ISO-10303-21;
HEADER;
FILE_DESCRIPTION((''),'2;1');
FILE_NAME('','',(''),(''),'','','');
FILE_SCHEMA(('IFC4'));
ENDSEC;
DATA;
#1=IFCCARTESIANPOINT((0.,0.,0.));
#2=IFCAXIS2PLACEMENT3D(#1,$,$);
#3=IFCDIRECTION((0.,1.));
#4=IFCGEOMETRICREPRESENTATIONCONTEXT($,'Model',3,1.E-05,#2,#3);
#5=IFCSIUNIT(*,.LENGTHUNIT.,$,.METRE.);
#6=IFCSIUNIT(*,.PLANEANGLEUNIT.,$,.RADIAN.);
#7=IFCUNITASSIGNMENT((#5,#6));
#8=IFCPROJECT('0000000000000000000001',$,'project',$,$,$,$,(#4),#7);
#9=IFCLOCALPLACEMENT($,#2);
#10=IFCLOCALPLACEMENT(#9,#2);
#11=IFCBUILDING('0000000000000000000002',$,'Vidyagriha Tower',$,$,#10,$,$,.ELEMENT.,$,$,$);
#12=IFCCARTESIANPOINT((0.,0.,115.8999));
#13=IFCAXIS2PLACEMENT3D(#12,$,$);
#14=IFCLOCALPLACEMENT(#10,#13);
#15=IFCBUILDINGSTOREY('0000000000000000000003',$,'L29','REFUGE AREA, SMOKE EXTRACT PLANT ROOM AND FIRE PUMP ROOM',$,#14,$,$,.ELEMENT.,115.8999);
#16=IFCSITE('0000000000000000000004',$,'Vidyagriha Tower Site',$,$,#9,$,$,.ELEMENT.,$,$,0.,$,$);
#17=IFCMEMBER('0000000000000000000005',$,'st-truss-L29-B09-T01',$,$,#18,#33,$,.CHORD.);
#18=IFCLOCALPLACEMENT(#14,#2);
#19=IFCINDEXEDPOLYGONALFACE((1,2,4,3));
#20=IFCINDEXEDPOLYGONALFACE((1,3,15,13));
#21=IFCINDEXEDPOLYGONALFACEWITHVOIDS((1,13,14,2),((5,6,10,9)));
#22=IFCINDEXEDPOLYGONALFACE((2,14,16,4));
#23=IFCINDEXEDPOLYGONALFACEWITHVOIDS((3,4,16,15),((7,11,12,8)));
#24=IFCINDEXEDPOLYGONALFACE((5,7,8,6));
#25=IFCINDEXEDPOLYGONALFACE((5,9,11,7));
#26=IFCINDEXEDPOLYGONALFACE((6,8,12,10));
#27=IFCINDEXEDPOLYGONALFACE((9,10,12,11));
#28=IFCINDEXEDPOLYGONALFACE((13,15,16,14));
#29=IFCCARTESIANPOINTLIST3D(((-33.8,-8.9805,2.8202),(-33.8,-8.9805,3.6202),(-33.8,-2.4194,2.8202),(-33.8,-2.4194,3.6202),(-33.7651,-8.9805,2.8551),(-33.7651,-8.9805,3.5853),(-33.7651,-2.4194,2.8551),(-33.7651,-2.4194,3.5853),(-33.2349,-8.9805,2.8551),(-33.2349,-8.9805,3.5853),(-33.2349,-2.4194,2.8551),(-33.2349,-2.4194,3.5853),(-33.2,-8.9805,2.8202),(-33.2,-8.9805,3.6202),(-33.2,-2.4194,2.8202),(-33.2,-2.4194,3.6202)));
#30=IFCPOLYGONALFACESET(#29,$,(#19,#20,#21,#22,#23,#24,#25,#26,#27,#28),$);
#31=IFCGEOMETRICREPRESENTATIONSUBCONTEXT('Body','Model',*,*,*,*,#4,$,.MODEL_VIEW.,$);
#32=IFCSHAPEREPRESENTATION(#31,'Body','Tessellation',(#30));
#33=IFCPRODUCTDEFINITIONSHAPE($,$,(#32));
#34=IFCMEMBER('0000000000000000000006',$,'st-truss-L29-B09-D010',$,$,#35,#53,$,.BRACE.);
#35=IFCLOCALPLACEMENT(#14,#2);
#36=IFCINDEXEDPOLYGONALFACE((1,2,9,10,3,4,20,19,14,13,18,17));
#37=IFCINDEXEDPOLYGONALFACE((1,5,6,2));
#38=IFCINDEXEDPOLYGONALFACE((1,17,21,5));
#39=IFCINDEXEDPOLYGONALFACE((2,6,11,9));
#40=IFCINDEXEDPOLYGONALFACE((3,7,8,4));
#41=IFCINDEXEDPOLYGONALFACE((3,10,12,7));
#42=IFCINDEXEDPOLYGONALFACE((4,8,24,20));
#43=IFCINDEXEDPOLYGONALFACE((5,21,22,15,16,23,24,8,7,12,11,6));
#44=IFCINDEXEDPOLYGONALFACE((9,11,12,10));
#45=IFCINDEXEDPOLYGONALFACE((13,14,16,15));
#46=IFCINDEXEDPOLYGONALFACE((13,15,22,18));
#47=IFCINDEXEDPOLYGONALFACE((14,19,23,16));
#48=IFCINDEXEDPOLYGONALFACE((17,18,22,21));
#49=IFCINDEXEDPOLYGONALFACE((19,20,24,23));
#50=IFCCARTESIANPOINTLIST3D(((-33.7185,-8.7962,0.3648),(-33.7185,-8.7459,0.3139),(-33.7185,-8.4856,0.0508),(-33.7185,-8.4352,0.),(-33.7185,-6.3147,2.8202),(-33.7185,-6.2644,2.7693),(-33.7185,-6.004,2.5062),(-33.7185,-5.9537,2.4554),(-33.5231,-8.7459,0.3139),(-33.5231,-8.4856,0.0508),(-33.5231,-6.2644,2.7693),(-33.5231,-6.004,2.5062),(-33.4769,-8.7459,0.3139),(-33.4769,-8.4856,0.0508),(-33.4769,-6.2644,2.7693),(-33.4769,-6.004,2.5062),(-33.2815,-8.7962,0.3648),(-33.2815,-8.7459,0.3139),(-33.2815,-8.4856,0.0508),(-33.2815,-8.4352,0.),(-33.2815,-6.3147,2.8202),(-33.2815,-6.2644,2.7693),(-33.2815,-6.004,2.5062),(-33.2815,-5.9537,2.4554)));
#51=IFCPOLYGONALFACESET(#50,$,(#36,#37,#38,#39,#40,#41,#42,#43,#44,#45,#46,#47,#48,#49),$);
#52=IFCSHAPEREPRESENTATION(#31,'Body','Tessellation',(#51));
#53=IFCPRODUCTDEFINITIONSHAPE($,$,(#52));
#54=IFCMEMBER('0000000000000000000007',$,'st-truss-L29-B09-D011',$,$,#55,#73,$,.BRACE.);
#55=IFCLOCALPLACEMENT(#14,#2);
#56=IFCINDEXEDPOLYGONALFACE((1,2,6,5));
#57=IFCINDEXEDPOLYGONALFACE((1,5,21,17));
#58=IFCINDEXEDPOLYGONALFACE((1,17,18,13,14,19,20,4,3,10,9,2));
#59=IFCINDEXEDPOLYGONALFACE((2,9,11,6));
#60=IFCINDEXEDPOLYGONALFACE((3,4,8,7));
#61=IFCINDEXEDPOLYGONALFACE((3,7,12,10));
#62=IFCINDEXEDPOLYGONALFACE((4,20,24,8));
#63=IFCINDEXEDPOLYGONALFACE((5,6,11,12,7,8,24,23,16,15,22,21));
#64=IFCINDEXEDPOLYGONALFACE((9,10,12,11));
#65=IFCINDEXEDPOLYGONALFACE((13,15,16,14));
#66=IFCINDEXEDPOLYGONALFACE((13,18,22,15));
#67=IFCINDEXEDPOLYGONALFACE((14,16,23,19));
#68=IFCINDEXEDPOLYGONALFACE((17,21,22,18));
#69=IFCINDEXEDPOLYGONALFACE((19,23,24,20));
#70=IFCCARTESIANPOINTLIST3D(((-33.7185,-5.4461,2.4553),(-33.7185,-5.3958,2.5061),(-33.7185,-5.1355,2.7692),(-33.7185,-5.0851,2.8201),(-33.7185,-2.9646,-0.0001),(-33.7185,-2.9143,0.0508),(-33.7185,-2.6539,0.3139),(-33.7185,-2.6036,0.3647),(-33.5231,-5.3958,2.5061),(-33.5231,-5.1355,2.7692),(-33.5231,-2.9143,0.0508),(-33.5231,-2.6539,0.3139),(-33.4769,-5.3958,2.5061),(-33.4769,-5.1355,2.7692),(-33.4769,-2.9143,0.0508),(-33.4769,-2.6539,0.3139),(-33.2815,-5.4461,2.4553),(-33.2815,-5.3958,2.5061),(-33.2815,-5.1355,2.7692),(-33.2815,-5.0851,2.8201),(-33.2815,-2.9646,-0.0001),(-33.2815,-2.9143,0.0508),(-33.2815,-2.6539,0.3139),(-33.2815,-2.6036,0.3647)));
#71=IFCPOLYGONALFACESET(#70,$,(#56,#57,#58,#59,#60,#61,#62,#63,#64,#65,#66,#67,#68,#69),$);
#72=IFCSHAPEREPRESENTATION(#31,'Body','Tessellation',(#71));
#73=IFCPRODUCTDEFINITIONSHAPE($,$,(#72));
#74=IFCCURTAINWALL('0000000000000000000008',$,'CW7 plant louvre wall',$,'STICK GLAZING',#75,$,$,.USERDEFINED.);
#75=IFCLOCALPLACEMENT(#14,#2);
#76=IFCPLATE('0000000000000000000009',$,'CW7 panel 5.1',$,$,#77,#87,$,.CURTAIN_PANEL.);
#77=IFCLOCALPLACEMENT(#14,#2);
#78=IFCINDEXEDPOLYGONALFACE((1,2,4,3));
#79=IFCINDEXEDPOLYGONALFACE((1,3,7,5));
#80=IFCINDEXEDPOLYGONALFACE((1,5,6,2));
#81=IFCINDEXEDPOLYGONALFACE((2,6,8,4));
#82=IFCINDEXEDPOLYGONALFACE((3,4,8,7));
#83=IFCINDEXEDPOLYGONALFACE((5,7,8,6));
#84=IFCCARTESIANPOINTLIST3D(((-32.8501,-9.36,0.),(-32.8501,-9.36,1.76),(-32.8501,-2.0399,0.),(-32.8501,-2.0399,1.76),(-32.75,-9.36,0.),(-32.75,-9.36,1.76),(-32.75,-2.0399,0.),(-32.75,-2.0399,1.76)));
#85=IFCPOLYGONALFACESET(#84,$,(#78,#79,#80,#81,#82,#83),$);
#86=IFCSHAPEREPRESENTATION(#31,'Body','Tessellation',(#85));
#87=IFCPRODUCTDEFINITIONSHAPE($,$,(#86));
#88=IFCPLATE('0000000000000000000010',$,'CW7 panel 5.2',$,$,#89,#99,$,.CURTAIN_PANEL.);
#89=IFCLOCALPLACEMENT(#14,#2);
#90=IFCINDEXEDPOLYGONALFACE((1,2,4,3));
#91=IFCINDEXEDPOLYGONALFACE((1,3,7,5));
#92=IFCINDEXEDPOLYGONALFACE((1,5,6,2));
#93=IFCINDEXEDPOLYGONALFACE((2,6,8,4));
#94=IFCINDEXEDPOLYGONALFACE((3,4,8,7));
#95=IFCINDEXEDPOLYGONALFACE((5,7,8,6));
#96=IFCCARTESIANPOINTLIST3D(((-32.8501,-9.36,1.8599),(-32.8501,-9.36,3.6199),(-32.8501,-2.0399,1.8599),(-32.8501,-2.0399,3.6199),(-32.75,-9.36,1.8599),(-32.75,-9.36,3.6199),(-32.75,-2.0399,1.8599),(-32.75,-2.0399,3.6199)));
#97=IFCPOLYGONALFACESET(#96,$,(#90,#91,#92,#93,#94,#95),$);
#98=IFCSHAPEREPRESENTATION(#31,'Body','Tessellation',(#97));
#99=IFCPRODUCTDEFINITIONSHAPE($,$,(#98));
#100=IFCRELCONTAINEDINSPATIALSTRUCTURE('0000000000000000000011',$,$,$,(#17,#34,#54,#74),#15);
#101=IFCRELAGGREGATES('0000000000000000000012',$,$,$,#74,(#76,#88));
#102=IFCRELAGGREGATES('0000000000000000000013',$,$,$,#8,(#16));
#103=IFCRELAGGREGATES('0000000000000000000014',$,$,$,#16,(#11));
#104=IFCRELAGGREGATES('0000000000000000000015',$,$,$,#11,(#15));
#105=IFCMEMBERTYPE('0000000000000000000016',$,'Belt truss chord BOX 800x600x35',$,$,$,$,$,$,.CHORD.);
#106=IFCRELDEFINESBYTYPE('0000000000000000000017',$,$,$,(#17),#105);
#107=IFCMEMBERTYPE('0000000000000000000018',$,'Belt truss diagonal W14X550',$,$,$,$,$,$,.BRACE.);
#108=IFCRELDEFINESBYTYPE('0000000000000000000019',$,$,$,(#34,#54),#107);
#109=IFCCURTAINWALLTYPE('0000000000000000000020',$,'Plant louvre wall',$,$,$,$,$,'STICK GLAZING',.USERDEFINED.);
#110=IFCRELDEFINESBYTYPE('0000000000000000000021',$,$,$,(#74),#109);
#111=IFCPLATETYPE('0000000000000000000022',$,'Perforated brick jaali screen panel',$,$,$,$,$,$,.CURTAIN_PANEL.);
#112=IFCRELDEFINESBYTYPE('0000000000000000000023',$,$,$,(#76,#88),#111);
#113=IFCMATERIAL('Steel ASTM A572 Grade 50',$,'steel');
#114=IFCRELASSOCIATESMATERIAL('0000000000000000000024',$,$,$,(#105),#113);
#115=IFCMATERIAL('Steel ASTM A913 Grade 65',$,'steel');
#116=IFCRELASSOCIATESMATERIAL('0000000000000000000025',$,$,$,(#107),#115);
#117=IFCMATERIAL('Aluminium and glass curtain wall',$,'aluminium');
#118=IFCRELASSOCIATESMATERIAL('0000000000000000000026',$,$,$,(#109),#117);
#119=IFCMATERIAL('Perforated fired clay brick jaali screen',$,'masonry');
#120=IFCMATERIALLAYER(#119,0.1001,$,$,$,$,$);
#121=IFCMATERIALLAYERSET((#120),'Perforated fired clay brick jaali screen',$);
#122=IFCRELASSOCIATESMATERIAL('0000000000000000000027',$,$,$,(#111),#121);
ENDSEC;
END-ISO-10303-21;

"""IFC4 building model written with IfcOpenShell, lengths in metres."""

from ifc_helpers import new_model, si_unit, direction, frame, origin, origin_2d, place, context, subcontext, project, spatial, rectangle, hollow_rectangle, i_section, extrude, material, layer, layer_set, material_profile, profile_set, type_object, element, aggregate, save


model = new_model("IFC4")

# Units and contexts
model_context = context("Model", 3, precision=1e-05, world=origin(), true_north=direction((0.0, 1.0)))
body_context = subcontext(model_context, "Body", "Model", "MODEL_VIEW")
ifc_project = project(units=[si_unit("LENGTHUNIT", "METRE"), si_unit("PLANEANGLEUNIT", "RADIAN")], contexts=[model_context])

# Site, building, storey
site_placement = place(None, origin())
site = spatial("IfcSite", under=ifc_project, at=site_placement, Name="Vidyagriha Tower Site", CompositionType="ELEMENT", RefElevation=0.0)
building_placement = place(site_placement, origin())
building = spatial("IfcBuilding", under=site, at=building_placement, Name="Vidyagriha Tower", CompositionType="ELEMENT")
storey_placement = place(building_placement, frame((0.0, 0.0, 115.8999)))
storey = spatial("IfcBuildingStorey", under=building, at=storey_placement, Name="L29", Description="REFUGE AREA, SMOKE EXTRACT PLANT ROOM AND FIRE PUMP ROOM", CompositionType="ELEMENT", Elevation=115.8999)

# Members
ifc_material_1 = material(Name="Steel ASTM A572 Grade 50", Category="steel")
ifc_material_profile_1 = material_profile(ifc_material_1, hollow_rectangle(XDim=0.6001, YDim=0.8, WallThickness=0.0349, at=origin_2d()), Name="BOX 800x600x35")
ifc_profile_set_1 = profile_set([ifc_material_profile_1], Name="Steel ASTM A572 Grade 50")
member_type_1 = type_object("IfcMemberType", Name="Belt truss chord BOX 800x600x35", PredefinedType="CHORD", material=ifc_profile_set_1)
member_placement = place(storey_placement, frame((-33.5, -8.9805, 3.2202), z_axis=(0.0, 1.0, 0.0), x_axis=(-1.0, 0.0, 0.0)))
element("IfcMember", 1, at=member_placement, inside=storey, type_object=member_type_1, Name="st-truss-L29-B09-T01", PredefinedType="CHORD", context=body_context, shape_type="SweptSolid", body=[
    extrude(hollow_rectangle(XDim=0.6001, YDim=0.8, WallThickness=0.0349, at=origin_2d()), origin(), (0.0, 0.0, 1.0), 6.561),
])
ifc_material_2 = material(Name="Steel ASTM A913 Grade 65", Category="steel")
ifc_material_profile_2 = material_profile(ifc_material_2, i_section(OverallWidth=0.437, OverallDepth=0.5132, WebThickness=0.0461, FlangeThickness=0.0715, at=origin_2d()), Name="W14X550")
ifc_profile_set_2 = profile_set([ifc_material_profile_2], Name="Steel ASTM A913 Grade 65")
member_type_2 = type_object("IfcMemberType", Name="Belt truss diagonal W14X550", PredefinedType="BRACE", material=ifc_profile_set_2)
for number, where, z_axis, x_axis, name in (
    (2, (-33.5, -8.6157, 0.1824), (0.0, 0.710839, 0.703355), (-1.0, 0.0, 0.0), "st-truss-L29-B09-D010"),
    (3, (-33.5, -5.2656, 2.6377), (0.0, 0.710839, -0.703355), (-1.0, 0.0, 0.0), "st-truss-L29-B09-D011"),
):
    element("IfcMember", number, at=place(storey_placement, frame(where, z_axis=z_axis, x_axis=x_axis)), inside=storey, type_object=member_type_2, Name=name, PredefinedType="BRACE", context=body_context, shape_type="SweptSolid", body=[
        extrude(i_section(OverallWidth=0.437, OverallDepth=0.5132, WebThickness=0.0461, FlangeThickness=0.0715, at=origin_2d()), origin(), (0.0, 0.0, 1.0), 3.491),
    ])

# Curtain wall, plates
ifc_material_3 = material(Name="Aluminium and glass curtain wall", Category="aluminium")
curtain_wall_type = type_object("IfcCurtainWallType", Name="Plant louvre wall", ElementType="STICK GLAZING", PredefinedType="USERDEFINED", material=ifc_material_3)
curtain_wall_placement = place(storey_placement, origin())
curtain_wall = element("IfcCurtainWall", 4, at=curtain_wall_placement, inside=storey, type_object=curtain_wall_type, Name="CW7 plant louvre wall", ObjectType="STICK GLAZING", PredefinedType="USERDEFINED")
ifc_material_4 = material(Name="Perforated fired clay brick jaali screen", Category="masonry")
ifc_layer = layer(ifc_material_4, 0.1001)
ifc_layer_set = layer_set([ifc_layer], Name="Perforated fired clay brick jaali screen")
plate_type = type_object("IfcPlateType", Name="Perforated brick jaali screen panel", PredefinedType="CURTAIN_PANEL", material=ifc_layer_set)
plate_1_placement = place(storey_placement, frame((-32.8, -5.7, 0.0), z_axis=(0.0, 0.0, 1.0), x_axis=(0.0, -1.0, 0.0)))
plate_1 = element("IfcPlate", 5, at=plate_1_placement, type_object=plate_type, Name="CW7 panel 5.1", PredefinedType="CURTAIN_PANEL", context=body_context, shape_type="SweptSolid", body=[
    extrude(rectangle(XDim=7.3201, YDim=0.1001, at=origin_2d()), origin(), (0.0, 0.0, 1.0), 1.76),
])
plate_2_placement = place(storey_placement, frame((-32.8, -5.7, 1.8599), z_axis=(0.0, 0.0, 1.0), x_axis=(0.0, -1.0, 0.0)))
plate_2 = element("IfcPlate", 6, at=plate_2_placement, type_object=plate_type, Name="CW7 panel 5.2", PredefinedType="CURTAIN_PANEL", context=body_context, shape_type="SweptSolid", body=[
    extrude(rectangle(XDim=7.3201, YDim=0.1001, at=origin_2d()), origin(), (0.0, 0.0, 1.0), 1.76),
])
aggregate(curtain_wall, [plate_1, plate_2])

save(model, "model.ifc")
